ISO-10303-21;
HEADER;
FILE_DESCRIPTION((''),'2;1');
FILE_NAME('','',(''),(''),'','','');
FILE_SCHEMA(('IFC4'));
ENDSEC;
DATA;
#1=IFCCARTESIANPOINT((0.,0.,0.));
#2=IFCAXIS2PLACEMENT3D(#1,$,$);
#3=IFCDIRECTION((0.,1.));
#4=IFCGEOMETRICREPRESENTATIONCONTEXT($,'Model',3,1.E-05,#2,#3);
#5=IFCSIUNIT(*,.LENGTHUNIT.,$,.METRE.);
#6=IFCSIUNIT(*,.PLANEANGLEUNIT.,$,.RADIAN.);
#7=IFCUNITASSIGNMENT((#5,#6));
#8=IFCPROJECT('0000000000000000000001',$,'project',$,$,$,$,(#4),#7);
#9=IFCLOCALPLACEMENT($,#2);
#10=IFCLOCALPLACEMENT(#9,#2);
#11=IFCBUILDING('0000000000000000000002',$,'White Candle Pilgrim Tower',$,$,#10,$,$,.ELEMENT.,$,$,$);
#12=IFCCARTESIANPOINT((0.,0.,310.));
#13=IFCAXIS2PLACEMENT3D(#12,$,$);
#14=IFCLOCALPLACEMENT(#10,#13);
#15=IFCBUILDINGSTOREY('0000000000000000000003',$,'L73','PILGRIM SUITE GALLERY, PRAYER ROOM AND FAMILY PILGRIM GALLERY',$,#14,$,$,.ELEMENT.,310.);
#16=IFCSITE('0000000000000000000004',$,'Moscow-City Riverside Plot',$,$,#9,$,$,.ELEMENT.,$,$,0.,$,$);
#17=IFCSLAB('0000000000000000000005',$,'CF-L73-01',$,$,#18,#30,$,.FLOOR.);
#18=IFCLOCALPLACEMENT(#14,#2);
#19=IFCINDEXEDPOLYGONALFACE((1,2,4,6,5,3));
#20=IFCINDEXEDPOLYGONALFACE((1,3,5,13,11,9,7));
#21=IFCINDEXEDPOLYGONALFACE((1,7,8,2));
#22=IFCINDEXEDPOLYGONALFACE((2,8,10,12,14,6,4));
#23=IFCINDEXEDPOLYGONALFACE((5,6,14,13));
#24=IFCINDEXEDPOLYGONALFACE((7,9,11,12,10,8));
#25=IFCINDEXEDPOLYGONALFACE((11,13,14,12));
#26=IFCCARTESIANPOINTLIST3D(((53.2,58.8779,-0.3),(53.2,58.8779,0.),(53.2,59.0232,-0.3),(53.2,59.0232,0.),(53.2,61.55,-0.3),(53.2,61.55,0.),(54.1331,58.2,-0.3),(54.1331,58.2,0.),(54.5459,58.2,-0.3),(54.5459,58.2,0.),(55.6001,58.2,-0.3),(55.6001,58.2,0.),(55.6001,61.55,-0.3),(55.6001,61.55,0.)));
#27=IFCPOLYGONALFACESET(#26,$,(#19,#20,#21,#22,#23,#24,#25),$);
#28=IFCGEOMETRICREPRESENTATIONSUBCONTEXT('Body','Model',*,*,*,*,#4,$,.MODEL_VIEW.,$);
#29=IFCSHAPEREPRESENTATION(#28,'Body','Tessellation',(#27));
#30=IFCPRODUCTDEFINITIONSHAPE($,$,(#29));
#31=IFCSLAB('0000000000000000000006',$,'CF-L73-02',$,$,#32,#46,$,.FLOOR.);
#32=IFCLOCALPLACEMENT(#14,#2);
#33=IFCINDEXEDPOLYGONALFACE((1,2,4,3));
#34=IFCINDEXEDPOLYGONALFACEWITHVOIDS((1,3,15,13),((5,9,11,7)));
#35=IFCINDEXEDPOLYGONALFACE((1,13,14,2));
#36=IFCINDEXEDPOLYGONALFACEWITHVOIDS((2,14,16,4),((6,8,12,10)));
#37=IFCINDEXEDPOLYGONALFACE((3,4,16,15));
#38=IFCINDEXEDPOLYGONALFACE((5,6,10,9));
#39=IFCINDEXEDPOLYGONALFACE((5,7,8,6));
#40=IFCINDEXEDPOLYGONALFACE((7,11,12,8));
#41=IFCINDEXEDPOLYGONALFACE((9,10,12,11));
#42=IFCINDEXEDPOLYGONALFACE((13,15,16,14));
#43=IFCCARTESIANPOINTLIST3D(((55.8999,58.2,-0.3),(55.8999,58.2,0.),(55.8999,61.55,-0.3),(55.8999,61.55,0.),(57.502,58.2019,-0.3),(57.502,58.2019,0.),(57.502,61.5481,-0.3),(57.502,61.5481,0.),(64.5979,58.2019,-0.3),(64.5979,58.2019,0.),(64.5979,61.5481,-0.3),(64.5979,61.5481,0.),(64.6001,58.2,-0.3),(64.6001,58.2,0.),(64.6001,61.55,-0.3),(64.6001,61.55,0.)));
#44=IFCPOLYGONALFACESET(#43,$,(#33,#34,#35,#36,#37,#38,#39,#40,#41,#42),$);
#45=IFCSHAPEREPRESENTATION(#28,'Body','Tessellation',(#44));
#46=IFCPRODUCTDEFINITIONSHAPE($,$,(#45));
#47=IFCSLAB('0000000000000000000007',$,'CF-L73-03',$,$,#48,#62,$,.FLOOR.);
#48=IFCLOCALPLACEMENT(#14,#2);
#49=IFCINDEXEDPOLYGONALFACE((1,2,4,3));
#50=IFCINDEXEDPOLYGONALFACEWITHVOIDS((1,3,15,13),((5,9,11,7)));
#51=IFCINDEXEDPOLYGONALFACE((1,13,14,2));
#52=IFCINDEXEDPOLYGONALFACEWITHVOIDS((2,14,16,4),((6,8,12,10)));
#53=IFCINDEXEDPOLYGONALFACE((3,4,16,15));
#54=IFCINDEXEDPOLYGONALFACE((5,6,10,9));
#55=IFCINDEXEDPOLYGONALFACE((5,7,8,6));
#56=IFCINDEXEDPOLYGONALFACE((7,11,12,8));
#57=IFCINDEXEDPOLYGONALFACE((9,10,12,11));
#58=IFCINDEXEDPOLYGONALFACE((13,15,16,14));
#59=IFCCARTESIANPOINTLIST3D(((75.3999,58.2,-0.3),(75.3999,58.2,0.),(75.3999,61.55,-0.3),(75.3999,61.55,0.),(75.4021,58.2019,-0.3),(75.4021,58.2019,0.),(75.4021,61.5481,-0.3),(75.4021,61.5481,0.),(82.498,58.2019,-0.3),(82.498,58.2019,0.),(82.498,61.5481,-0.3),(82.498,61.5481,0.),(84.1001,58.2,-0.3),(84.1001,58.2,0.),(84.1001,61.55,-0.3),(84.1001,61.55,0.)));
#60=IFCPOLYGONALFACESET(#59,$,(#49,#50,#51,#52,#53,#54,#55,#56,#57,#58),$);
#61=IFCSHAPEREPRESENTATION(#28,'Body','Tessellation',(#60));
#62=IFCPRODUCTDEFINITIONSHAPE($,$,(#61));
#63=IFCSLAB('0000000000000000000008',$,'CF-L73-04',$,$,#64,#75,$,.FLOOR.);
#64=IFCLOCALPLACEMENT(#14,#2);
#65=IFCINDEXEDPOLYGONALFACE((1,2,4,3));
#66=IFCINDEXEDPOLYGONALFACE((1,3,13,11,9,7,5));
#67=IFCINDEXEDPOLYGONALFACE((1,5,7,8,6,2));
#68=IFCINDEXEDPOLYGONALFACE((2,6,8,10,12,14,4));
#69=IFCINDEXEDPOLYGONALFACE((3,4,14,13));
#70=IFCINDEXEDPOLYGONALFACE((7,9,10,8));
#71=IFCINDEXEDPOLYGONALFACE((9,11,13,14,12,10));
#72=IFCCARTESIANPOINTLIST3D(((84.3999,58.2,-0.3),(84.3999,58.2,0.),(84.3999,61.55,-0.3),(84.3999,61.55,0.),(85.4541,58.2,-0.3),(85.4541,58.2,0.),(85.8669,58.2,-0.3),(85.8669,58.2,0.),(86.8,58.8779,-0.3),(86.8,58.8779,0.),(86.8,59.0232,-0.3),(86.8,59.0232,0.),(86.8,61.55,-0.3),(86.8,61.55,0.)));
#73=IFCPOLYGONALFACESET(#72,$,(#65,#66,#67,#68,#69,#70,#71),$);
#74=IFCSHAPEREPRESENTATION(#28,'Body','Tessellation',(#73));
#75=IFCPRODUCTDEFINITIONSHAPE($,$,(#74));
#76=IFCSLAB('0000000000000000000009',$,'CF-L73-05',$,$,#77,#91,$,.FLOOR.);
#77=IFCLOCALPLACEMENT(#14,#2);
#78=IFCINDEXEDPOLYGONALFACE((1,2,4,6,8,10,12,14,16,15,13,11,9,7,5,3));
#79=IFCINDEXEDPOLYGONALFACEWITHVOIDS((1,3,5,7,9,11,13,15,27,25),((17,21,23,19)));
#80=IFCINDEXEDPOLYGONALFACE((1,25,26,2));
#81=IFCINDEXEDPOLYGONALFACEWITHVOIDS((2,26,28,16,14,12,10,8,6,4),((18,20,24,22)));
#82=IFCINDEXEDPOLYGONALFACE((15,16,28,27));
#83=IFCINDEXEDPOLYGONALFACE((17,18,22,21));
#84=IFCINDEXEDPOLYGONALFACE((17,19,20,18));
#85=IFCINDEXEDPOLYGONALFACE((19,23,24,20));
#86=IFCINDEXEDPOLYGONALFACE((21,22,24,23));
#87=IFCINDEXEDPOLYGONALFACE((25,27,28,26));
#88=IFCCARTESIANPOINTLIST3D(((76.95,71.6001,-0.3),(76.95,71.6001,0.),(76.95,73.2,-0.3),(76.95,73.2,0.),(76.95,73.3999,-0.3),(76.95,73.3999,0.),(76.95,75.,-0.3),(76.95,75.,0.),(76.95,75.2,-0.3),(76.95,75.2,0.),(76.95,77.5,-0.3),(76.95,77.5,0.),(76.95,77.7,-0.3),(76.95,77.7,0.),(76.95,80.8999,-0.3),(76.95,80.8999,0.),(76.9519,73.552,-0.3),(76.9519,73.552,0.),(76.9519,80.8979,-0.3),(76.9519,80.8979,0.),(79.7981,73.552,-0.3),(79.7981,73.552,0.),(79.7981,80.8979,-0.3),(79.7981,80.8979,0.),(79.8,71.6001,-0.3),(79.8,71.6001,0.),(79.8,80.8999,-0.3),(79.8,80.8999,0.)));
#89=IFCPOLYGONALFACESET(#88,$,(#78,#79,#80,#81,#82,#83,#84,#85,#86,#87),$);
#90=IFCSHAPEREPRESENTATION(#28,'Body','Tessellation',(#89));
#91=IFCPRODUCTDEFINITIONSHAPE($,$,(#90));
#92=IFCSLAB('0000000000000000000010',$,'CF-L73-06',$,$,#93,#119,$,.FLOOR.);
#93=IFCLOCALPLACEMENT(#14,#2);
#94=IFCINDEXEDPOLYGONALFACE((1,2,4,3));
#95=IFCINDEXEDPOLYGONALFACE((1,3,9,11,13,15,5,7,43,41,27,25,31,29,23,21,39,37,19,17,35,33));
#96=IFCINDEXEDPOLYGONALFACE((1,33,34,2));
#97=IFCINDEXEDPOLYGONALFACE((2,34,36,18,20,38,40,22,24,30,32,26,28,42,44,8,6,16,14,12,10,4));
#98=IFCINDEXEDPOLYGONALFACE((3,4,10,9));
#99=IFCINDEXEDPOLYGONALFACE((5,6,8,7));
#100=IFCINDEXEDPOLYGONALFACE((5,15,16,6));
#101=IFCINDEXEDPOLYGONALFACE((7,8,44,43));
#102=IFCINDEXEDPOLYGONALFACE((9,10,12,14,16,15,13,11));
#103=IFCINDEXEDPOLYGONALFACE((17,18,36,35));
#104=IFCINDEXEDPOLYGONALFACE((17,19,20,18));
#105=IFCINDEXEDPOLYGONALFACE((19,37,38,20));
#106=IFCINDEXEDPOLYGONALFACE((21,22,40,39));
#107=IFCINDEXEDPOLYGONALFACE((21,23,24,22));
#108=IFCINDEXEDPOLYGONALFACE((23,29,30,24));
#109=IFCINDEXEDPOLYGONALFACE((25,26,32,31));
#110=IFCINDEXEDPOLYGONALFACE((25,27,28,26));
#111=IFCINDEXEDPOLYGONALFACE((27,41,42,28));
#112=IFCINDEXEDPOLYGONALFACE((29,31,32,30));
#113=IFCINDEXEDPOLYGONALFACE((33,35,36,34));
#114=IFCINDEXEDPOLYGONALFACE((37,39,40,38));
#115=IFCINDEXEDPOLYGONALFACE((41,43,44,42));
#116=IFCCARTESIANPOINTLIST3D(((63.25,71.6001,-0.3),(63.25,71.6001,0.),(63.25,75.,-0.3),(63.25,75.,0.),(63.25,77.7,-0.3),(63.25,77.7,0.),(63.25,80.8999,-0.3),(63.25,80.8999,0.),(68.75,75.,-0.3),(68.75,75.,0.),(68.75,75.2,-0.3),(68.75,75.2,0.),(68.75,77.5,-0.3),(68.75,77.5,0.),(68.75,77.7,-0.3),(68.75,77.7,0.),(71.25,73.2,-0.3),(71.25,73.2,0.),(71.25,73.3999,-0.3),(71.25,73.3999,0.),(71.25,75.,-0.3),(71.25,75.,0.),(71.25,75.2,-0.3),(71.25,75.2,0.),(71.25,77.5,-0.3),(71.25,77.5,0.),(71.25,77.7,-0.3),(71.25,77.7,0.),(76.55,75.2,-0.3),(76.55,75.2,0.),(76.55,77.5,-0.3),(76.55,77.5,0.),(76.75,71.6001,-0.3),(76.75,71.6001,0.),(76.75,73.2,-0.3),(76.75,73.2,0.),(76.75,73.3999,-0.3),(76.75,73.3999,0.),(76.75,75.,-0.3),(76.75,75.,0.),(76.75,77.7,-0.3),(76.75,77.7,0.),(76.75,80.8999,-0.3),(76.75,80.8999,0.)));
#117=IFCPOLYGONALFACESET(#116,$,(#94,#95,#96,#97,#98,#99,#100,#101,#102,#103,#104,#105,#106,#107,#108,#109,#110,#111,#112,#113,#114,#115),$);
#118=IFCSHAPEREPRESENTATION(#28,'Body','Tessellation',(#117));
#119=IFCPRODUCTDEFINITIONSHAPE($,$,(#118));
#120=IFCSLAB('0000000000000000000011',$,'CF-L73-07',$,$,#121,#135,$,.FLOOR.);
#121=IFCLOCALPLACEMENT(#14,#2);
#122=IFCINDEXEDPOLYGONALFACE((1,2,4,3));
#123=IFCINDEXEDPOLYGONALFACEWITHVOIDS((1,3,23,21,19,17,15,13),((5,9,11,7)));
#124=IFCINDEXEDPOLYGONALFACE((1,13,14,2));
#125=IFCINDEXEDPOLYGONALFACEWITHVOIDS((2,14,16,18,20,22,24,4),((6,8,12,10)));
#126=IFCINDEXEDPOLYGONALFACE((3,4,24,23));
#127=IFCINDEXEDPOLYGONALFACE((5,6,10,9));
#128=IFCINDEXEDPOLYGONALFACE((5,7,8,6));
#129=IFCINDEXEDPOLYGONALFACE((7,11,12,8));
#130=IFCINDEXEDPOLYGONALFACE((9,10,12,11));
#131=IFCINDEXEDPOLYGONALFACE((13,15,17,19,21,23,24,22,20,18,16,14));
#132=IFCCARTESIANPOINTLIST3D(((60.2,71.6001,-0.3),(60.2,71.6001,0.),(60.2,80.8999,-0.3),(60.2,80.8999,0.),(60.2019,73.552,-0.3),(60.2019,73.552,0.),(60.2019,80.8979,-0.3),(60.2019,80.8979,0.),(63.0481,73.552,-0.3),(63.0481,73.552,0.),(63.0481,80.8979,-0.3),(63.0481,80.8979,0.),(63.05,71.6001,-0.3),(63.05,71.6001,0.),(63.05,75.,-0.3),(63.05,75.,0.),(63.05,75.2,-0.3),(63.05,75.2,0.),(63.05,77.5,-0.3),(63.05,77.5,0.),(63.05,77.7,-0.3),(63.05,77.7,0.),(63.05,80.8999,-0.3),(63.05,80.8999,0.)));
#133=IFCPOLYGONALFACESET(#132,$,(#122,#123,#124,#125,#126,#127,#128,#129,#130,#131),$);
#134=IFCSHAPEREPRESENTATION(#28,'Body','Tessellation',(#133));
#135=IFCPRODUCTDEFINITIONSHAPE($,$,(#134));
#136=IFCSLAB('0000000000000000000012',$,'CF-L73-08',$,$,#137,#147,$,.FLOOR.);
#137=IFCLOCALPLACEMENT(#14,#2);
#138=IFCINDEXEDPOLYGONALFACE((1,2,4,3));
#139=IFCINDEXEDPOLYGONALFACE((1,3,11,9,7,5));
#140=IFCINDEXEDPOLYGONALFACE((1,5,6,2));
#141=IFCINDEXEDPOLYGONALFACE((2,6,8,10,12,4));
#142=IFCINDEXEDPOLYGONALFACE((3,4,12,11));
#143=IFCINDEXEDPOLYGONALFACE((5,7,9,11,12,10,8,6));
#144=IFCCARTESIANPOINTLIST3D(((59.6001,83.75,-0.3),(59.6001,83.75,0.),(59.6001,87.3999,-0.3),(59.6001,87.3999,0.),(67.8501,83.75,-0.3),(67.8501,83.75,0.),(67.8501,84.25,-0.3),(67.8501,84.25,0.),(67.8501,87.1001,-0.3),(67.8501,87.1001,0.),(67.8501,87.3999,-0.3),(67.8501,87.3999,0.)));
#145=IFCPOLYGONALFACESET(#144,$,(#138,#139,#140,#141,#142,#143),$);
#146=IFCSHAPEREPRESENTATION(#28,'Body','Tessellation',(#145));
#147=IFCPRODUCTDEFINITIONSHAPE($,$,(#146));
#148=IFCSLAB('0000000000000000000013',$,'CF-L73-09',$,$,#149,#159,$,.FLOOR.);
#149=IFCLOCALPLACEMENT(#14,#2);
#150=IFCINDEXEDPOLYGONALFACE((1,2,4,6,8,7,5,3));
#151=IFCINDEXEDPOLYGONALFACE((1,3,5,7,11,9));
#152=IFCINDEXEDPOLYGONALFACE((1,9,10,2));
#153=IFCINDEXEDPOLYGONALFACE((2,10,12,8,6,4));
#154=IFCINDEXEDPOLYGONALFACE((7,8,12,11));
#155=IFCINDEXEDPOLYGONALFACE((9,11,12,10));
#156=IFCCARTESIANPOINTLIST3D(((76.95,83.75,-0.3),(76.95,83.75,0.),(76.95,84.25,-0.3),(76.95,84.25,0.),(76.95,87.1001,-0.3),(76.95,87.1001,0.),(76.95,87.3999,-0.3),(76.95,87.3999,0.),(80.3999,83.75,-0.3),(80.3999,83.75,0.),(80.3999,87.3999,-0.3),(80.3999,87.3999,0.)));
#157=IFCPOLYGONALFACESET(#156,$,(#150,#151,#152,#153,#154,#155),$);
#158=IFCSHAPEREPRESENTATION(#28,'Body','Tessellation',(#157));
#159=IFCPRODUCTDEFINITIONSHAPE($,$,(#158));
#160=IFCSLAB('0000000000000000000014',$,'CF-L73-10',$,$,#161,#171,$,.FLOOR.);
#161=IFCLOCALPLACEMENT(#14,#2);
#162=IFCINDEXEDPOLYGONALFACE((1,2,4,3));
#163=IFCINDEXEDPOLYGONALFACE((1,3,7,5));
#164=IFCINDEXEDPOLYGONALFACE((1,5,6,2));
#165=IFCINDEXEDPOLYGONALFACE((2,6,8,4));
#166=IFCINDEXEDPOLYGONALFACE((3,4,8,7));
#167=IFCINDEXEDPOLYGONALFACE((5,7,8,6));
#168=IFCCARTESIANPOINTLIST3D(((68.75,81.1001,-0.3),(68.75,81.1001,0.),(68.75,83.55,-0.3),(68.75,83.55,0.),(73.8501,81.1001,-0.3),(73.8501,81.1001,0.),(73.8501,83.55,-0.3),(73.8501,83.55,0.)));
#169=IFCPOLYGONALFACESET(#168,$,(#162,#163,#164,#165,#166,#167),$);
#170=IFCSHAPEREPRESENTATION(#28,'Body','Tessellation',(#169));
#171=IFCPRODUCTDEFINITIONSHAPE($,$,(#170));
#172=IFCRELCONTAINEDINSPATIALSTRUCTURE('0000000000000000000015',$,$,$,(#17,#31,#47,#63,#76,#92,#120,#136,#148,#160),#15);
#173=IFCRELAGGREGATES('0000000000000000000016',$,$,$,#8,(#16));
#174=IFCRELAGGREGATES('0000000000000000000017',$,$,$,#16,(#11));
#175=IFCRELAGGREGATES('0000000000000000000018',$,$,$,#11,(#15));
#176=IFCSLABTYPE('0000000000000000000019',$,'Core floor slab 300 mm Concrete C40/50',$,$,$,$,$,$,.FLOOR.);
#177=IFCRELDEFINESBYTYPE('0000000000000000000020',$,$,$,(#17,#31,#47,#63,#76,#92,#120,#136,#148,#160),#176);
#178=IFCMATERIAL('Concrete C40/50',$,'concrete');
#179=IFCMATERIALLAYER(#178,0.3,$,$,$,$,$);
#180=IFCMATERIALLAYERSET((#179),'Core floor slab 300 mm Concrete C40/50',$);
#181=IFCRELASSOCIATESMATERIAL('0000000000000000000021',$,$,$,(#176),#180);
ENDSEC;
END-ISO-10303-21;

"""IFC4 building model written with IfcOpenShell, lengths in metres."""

from ifc_helpers import new_model, si_unit, direction, frame, origin, place, context, subcontext, project, spatial, polyline, outline, extrude, material, layer, layer_set, type_object, element, save


model = new_model("IFC4")

# Units and contexts
model_context = context("Model", 3, precision=1e-05, world=origin(), true_north=direction((0.0, 1.0)))
body_context = subcontext(model_context, "Body", "Model", "MODEL_VIEW")
ifc_project = project(units=[si_unit("LENGTHUNIT", "METRE"), si_unit("PLANEANGLEUNIT", "RADIAN")], contexts=[model_context])

# Site, building, storey
site_placement = place(None, origin())
site = spatial("IfcSite", under=ifc_project, at=site_placement, Name="Moscow-City Riverside Plot", CompositionType="ELEMENT", RefElevation=0.0)
building_placement = place(site_placement, origin())
building = spatial("IfcBuilding", under=site, at=building_placement, Name="White Candle Pilgrim Tower", CompositionType="ELEMENT")
storey_placement = place(building_placement, frame((0.0, 0.0, 310.0)))
storey = spatial("IfcBuildingStorey", under=building, at=storey_placement, Name="L73", Description="PILGRIM SUITE GALLERY, PRAYER ROOM AND FAMILY PILGRIM GALLERY", CompositionType="ELEMENT", Elevation=310.0)

# Slabs
ifc_material_1 = material(Name="Concrete C40/50", Category="concrete")
ifc_layer_1 = layer(ifc_material_1, 0.3)
ifc_layer_set_1 = layer_set([ifc_layer_1], Name="Core floor slab 300 mm Concrete C40/50")
slab_type_1 = type_object("IfcSlabType", Name="Core floor slab 300 mm Concrete C40/50", PredefinedType="FLOOR", material=ifc_layer_set_1)
slab_1_placement = place(storey_placement, frame((0.0, 0.0, -0.3)))
element("IfcSlab", 1, at=slab_1_placement, inside=storey, type_object=slab_type_1, Name="CF-L73-01", PredefinedType="FLOOR", context=body_context, shape_type="SweptSolid", body=[
    extrude(outline(polyline([(54.5459, 58.2), (54.1331, 58.2), (53.2, 58.8779), (53.2, 59.0232), (53.2, 61.55), (55.6001, 61.55), (55.6001, 58.2), (54.5459, 58.2)])), origin(), (0.0, 0.0, 1.0), 0.3),
])
slab_2_placement = place(storey_placement, frame((0.0, 0.0, -0.3)))
element("IfcSlab", 2, at=slab_2_placement, inside=storey, type_object=slab_type_1, Name="CF-L73-02", PredefinedType="FLOOR", context=body_context, shape_type="SweptSolid", body=[
    extrude(outline(polyline([(55.8999, 58.2), (55.8999, 61.55), (64.6001, 61.55), (64.6001, 58.2), (55.8999, 58.2)]), holes=[polyline([(57.502, 61.5481), (57.502, 58.2019), (64.5979, 58.2019), (64.5979, 61.5481), (57.502, 61.5481)])]), origin(), (0.0, 0.0, 1.0), 0.3),
])
slab_3_placement = place(storey_placement, frame((0.0, 0.0, -0.3)))
element("IfcSlab", 3, at=slab_3_placement, inside=storey, type_object=slab_type_1, Name="CF-L73-03", PredefinedType="FLOOR", context=body_context, shape_type="SweptSolid", body=[
    extrude(outline(polyline([(75.3999, 58.2), (75.3999, 61.55), (84.1001, 61.55), (84.1001, 58.2), (75.3999, 58.2)]), holes=[polyline([(82.498, 58.2019), (82.498, 61.5481), (75.4021, 61.5481), (75.4021, 58.2019), (82.498, 58.2019)])]), origin(), (0.0, 0.0, 1.0), 0.3),
])
slab_4_placement = place(storey_placement, frame((0.0, 0.0, -0.3)))
element("IfcSlab", 4, at=slab_4_placement, inside=storey, type_object=slab_type_1, Name="CF-L73-04", PredefinedType="FLOOR", context=body_context, shape_type="SweptSolid", body=[
    extrude(outline(polyline([(86.8, 59.0232), (86.8, 58.8779), (85.8669, 58.2), (85.4541, 58.2), (84.3999, 58.2), (84.3999, 61.55), (86.8, 61.55), (86.8, 59.0232)])), origin(), (0.0, 0.0, 1.0), 0.3),
])
slab_5_placement = place(storey_placement, frame((0.0, 0.0, -0.3)))
element("IfcSlab", 5, at=slab_5_placement, inside=storey, type_object=slab_type_1, Name="CF-L73-05", PredefinedType="FLOOR", context=body_context, shape_type="SweptSolid", body=[
    extrude(outline(polyline([(76.95, 71.6001), (76.95, 73.2), (76.95, 73.3999), (76.95, 75.0), (76.95, 75.2), (76.95, 77.5), (76.95, 77.7), (76.95, 80.8999), (79.8, 80.8999), (79.8, 71.6001), (76.95, 71.6001)]), holes=[polyline([(76.9519, 73.552), (79.7981, 73.552), (79.7981, 80.8979), (76.9519, 80.8979), (76.9519, 73.552)])]), origin(), (0.0, 0.0, 1.0), 0.3),
])
slab_6_placement = place(storey_placement, frame((0.0, 0.0, -0.3)))
element("IfcSlab", 6, at=slab_6_placement, inside=storey, type_object=slab_type_1, Name="CF-L73-06", PredefinedType="FLOOR", context=body_context, shape_type="SweptSolid", body=[
    extrude(outline(polyline([(63.25, 71.6001), (63.25, 75.0), (68.75, 75.0), (68.75, 75.2), (68.75, 77.5), (68.75, 77.7), (63.25, 77.7), (63.25, 80.8999), (76.75, 80.8999), (76.75, 77.7), (71.25, 77.7), (71.25, 77.5), (76.55, 77.5), (76.55, 75.2), (71.25, 75.2), (71.25, 75.0), (76.75, 75.0), (76.75, 73.3999), (71.25, 73.3999), (71.25, 73.2), (76.75, 73.2), (76.75, 71.6001), (63.25, 71.6001)])), origin(), (0.0, 0.0, 1.0), 0.3),
])
slab_7_placement = place(storey_placement, frame((0.0, 0.0, -0.3)))
element("IfcSlab", 7, at=slab_7_placement, inside=storey, type_object=slab_type_1, Name="CF-L73-07", PredefinedType="FLOOR", context=body_context, shape_type="SweptSolid", body=[
    extrude(outline(polyline([(60.2, 71.6001), (60.2, 80.8999), (63.05, 80.8999), (63.05, 77.7), (63.05, 77.5), (63.05, 75.2), (63.05, 75.0), (63.05, 71.6001), (60.2, 71.6001)]), holes=[polyline([(60.2019, 73.552), (63.0481, 73.552), (63.0481, 80.8979), (60.2019, 80.8979), (60.2019, 73.552)])]), origin(), (0.0, 0.0, 1.0), 0.3),
])
slab_8_placement = place(storey_placement, frame((0.0, 0.0, -0.3)))
element("IfcSlab", 8, at=slab_8_placement, inside=storey, type_object=slab_type_1, Name="CF-L73-08", PredefinedType="FLOOR", context=body_context, shape_type="SweptSolid", body=[
    extrude(outline(polyline([(59.6001, 87.3999), (67.8501, 87.3999), (67.8501, 87.1001), (67.8501, 84.25), (67.8501, 83.75), (59.6001, 83.75), (59.6001, 87.3999)])), origin(), (0.0, 0.0, 1.0), 0.3),
])
slab_9_placement = place(storey_placement, frame((0.0, 0.0, -0.3)))
element("IfcSlab", 9, at=slab_9_placement, inside=storey, type_object=slab_type_1, Name="CF-L73-09", PredefinedType="FLOOR", context=body_context, shape_type="SweptSolid", body=[
    extrude(outline(polyline([(80.3999, 87.3999), (80.3999, 83.75), (76.95, 83.75), (76.95, 84.25), (76.95, 87.1001), (76.95, 87.3999), (80.3999, 87.3999)])), origin(), (0.0, 0.0, 1.0), 0.3),
])
slab_10_placement = place(storey_placement, frame((0.0, 0.0, -0.3)))
element("IfcSlab", 10, at=slab_10_placement, inside=storey, type_object=slab_type_1, Name="CF-L73-10", PredefinedType="FLOOR", context=body_context, shape_type="SweptSolid", body=[
    extrude(outline(polyline([(68.75, 81.1001), (68.75, 83.55), (73.8501, 83.55), (73.8501, 81.1001), (68.75, 81.1001)])), origin(), (0.0, 0.0, 1.0), 0.3),
])

save(model, "model.ifc")
